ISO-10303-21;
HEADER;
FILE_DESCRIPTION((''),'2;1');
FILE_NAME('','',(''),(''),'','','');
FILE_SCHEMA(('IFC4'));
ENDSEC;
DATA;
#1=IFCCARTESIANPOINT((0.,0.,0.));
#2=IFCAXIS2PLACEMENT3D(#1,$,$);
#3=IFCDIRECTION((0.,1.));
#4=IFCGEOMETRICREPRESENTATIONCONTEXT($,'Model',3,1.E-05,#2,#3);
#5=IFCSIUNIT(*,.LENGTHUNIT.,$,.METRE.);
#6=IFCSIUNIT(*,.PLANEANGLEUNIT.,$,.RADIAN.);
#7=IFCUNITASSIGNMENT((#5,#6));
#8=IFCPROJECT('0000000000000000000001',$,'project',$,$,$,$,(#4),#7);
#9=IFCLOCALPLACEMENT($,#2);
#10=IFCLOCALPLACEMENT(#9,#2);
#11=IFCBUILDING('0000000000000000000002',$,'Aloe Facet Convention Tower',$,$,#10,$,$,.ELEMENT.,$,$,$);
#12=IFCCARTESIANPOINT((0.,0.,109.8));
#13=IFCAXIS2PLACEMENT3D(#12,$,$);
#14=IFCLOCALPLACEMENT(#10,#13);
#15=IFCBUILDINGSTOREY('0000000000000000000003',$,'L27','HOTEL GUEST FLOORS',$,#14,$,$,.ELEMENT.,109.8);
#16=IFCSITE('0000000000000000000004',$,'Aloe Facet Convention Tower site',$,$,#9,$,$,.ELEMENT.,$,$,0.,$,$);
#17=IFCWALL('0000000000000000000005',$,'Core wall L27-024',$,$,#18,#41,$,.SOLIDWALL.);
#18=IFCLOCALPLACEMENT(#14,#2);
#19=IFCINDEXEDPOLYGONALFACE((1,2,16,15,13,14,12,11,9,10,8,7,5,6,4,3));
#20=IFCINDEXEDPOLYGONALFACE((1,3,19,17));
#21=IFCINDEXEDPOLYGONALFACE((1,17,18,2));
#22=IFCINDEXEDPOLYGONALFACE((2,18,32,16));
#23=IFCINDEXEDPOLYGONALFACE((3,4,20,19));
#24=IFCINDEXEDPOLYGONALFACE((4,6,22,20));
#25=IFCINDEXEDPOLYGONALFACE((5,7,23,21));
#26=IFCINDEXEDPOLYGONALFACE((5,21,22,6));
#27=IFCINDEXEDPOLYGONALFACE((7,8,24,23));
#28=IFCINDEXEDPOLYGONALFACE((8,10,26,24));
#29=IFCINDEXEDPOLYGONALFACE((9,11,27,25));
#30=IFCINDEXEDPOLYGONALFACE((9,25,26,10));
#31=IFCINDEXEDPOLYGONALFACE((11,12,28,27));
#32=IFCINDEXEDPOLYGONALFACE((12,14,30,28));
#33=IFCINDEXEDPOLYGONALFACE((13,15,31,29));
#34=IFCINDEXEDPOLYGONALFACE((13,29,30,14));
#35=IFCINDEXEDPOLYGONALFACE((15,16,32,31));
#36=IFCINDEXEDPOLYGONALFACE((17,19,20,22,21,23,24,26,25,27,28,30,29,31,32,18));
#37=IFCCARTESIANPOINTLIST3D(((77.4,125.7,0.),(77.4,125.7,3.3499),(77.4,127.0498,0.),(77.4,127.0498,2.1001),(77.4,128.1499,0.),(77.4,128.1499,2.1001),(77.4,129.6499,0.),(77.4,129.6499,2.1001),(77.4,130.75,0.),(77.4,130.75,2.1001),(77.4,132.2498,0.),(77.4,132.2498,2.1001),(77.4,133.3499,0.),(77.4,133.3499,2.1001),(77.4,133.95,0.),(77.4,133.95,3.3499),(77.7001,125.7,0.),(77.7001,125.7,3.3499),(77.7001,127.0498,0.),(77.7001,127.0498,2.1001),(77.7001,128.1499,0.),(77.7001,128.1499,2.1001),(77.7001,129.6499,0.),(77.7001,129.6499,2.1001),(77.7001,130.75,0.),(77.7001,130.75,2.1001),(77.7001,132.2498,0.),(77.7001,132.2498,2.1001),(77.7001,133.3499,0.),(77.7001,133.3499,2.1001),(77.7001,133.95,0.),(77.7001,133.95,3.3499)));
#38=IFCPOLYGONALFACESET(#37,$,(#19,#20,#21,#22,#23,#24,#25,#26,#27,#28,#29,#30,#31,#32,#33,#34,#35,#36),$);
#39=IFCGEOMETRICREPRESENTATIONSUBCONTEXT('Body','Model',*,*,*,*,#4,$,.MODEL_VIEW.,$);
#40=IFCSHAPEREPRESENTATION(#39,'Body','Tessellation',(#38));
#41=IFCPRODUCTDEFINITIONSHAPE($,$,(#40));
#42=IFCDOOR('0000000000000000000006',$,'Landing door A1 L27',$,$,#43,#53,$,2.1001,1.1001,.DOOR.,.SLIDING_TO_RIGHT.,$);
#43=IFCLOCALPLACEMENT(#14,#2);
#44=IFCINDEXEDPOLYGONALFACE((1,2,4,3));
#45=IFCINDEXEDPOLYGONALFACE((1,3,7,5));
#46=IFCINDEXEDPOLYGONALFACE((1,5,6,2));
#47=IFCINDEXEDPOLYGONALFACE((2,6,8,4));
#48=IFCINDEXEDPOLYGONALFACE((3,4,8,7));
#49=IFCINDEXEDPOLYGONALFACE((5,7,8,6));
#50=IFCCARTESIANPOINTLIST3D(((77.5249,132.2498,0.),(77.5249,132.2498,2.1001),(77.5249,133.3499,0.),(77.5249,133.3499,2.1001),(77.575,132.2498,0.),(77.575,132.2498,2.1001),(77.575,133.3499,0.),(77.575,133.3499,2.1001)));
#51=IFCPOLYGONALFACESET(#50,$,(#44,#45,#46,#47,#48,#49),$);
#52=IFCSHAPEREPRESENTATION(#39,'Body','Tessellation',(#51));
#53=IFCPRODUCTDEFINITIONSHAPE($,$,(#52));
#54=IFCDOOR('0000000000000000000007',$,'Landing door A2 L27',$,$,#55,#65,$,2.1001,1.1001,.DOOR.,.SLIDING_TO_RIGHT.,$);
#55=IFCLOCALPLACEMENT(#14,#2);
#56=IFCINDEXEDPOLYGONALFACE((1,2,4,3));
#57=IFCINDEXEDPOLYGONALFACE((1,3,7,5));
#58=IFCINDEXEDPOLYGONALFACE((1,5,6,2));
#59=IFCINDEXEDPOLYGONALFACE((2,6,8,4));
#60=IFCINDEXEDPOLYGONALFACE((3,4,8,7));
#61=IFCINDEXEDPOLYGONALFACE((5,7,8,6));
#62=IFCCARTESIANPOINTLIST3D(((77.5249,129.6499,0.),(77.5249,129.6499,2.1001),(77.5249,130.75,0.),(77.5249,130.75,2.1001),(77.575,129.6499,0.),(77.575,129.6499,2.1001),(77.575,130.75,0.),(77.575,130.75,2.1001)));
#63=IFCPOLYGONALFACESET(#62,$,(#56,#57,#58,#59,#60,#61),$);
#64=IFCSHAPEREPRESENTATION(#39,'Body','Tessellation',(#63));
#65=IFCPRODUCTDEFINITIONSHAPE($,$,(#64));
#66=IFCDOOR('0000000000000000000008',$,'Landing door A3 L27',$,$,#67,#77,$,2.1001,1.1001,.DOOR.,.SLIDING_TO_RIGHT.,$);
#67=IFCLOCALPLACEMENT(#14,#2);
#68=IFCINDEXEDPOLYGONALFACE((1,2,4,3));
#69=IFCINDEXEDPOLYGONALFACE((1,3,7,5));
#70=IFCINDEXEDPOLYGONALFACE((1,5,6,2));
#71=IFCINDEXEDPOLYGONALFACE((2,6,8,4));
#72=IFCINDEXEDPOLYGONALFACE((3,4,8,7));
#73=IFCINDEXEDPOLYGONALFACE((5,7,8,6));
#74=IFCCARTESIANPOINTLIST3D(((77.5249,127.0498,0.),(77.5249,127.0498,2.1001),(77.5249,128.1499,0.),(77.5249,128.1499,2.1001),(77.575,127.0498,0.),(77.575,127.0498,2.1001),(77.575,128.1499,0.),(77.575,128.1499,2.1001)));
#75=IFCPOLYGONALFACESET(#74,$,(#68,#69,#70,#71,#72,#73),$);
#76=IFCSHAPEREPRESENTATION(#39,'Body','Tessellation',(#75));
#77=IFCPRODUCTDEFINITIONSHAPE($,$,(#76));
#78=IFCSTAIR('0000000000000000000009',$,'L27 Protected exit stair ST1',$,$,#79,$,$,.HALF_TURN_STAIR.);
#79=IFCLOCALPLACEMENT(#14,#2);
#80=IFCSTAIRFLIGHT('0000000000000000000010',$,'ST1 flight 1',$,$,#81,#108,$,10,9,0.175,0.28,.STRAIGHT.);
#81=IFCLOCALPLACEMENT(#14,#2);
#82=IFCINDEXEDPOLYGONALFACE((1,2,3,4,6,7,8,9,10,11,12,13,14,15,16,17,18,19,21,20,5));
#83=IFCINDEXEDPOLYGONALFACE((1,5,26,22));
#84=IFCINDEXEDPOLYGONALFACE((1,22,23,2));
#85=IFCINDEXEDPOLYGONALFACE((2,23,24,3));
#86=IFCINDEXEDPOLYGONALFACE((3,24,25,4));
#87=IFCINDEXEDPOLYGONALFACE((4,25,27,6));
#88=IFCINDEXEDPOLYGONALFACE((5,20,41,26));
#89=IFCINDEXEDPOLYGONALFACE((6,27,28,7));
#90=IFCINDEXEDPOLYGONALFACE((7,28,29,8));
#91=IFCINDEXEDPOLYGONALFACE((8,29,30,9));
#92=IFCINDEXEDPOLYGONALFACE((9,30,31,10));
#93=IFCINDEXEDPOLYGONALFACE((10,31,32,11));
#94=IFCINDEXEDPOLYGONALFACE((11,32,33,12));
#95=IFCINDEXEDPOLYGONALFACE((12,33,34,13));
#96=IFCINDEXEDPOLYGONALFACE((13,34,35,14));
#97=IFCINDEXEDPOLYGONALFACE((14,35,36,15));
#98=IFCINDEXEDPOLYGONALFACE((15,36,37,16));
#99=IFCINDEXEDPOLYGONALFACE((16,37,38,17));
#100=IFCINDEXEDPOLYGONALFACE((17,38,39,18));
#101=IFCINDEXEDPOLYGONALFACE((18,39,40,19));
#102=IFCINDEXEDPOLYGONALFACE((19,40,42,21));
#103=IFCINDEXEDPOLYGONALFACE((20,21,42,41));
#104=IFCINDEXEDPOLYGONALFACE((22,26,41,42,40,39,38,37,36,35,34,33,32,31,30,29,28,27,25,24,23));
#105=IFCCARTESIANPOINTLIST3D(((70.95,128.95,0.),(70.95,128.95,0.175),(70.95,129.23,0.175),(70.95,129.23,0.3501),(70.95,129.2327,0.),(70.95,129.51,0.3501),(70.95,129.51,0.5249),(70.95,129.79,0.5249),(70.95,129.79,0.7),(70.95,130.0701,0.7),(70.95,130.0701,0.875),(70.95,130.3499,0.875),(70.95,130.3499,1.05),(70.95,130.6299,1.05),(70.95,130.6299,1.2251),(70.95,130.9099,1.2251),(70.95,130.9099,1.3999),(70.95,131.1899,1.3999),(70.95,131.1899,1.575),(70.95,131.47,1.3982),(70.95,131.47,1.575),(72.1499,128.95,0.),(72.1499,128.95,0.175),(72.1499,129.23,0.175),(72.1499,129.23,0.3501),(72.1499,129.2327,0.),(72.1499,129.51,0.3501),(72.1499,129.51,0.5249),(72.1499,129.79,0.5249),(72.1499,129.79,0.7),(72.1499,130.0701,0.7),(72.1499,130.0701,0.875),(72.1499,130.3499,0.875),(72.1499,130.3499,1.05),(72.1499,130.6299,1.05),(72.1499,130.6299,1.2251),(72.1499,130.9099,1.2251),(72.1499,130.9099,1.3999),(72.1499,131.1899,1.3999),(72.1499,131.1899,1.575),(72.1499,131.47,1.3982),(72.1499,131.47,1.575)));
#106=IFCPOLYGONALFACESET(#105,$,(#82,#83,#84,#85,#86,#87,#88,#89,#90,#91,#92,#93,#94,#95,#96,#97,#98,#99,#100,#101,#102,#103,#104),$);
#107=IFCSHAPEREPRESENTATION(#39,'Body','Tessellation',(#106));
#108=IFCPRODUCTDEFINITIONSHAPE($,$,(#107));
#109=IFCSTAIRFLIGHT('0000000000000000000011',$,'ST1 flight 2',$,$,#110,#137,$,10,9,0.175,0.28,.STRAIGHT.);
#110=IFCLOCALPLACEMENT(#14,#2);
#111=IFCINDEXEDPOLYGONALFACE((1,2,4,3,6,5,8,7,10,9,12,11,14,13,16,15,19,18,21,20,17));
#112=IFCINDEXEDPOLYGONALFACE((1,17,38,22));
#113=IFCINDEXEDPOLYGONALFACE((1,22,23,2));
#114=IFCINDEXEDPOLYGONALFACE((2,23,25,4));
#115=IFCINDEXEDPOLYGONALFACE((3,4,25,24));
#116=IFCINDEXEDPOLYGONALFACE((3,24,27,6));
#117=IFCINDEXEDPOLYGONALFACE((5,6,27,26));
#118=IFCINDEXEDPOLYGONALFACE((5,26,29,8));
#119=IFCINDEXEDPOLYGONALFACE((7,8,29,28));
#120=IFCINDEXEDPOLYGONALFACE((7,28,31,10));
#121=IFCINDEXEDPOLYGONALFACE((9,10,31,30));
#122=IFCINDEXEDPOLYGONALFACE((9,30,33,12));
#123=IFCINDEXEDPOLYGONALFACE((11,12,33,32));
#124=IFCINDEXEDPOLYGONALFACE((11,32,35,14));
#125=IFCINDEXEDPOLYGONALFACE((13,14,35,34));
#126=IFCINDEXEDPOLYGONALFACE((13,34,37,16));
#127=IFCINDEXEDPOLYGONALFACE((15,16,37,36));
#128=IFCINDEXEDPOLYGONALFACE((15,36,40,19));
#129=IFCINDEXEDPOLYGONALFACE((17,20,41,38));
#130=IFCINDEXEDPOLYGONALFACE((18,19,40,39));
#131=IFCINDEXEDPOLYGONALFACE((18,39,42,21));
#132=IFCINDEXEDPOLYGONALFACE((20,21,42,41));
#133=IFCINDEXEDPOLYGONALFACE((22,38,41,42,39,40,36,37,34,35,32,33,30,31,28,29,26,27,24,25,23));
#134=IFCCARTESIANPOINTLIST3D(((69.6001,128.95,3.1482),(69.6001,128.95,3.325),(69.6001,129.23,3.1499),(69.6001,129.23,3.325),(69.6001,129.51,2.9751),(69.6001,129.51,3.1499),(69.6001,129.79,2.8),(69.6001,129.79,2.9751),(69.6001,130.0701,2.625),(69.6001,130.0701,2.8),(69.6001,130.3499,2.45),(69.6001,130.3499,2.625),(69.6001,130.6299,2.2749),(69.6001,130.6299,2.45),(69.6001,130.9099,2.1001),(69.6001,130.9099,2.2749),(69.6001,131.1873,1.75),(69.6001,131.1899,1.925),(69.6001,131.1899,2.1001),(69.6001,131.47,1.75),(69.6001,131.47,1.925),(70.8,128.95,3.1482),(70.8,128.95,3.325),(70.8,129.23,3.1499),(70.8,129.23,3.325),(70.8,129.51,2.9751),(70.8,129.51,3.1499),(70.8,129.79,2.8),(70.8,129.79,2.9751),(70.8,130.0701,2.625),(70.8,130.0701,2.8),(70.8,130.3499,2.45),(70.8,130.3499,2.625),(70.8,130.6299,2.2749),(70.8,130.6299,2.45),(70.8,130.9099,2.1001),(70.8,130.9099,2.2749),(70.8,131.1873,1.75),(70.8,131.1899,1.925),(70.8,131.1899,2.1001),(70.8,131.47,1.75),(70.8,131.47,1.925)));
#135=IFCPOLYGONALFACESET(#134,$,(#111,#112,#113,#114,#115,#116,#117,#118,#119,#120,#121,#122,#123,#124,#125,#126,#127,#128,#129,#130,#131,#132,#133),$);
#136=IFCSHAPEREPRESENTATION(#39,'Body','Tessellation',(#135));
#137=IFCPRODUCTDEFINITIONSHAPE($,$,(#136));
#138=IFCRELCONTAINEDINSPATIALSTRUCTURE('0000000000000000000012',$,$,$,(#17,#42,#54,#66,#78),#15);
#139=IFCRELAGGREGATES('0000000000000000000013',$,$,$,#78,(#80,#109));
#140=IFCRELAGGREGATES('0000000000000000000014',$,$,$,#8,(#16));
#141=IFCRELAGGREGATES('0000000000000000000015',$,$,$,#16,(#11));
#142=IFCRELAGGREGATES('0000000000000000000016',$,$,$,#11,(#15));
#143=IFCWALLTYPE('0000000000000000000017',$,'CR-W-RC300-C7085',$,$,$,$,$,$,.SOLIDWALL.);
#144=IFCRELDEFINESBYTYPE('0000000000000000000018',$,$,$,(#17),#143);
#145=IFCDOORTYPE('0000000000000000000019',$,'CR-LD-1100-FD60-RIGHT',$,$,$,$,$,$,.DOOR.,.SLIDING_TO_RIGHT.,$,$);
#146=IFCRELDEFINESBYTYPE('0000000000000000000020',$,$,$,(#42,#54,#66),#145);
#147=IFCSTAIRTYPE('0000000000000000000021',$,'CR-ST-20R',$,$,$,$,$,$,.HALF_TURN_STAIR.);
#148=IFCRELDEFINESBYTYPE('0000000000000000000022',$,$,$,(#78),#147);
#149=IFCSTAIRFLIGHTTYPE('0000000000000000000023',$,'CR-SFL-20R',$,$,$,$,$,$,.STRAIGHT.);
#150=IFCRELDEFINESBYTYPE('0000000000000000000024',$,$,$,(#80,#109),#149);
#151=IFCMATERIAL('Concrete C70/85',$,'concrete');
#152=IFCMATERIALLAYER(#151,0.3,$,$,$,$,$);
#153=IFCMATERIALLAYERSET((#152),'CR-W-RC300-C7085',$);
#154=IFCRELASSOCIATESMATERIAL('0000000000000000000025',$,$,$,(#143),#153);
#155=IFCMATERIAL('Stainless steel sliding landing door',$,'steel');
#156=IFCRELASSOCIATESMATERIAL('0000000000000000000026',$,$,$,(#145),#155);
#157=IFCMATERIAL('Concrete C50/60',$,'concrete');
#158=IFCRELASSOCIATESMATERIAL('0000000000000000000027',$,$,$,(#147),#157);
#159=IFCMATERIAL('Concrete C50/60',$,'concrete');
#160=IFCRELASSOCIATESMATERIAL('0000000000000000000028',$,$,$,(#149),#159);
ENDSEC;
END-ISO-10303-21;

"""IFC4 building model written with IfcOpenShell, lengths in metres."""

from ifc_helpers import new_model, si_unit, direction, frame, frame_2d, origin, place, context, subcontext, project, spatial, polyline, rectangle, outline, extrude, material, layer, layer_set, type_object, element, fill, aggregate, save


model = new_model("IFC4")

# Units and contexts
model_context = context("Model", 3, precision=1e-05, world=origin(), true_north=direction((0.0, 1.0)))
body_context = subcontext(model_context, "Body", "Model", "MODEL_VIEW")
ifc_project = project(units=[si_unit("LENGTHUNIT", "METRE"), si_unit("PLANEANGLEUNIT", "RADIAN")], contexts=[model_context])

# Site, building, storey
site_placement = place(None, origin())
site = spatial("IfcSite", under=ifc_project, at=site_placement, Name="Aloe Facet Convention Tower site", CompositionType="ELEMENT", RefElevation=0.0)
building_placement = place(site_placement, origin())
building = spatial("IfcBuilding", under=site, at=building_placement, Name="Aloe Facet Convention Tower", CompositionType="ELEMENT")
storey_placement = place(building_placement, frame((0.0, 0.0, 109.8)))
storey = spatial("IfcBuildingStorey", under=building, at=storey_placement, Name="L27", Description="HOTEL GUEST FLOORS", CompositionType="ELEMENT", Elevation=109.8)

# Shared definitions
ifc_material_1 = material(Name="Concrete C70/85", Category="concrete")
ifc_layer_1 = layer(ifc_material_1, 0.3)
ifc_layer_set_1 = layer_set([ifc_layer_1], Name="CR-W-RC300-C7085")
wall_type_1 = type_object("IfcWallType", Name="CR-W-RC300-C7085", PredefinedType="SOLIDWALL", material=ifc_layer_set_1)

# Wall, openings, doors
wall_1_placement = place(storey_placement, frame((77.55, 133.95, 0.0), z_axis=(0.0, 0.0, 1.0), x_axis=(0.0, -1.0, 0.0)))
wall_1 = element("IfcWall", 1, at=wall_1_placement, inside=storey, type_object=wall_type_1, Name="Core wall L27-024", PredefinedType="SOLIDWALL", context=body_context, shape_type="SweptSolid", body=[
    extrude(rectangle(XDim=8.25, YDim=0.3, at=frame_2d((4.125, 0.0))), origin(), (0.0, 0.0, 1.0), 3.3499),
])
opening_1_placement = place(wall_1_placement, frame((0.6001, 0.0, 0.0)))
opening_1 = element("IfcOpeningElement", 2, at=opening_1_placement, cuts=wall_1, PredefinedType="OPENING", context=body_context, shape_type="SweptSolid", body=[
    extrude(rectangle(XDim=1.1001, YDim=2.1001, at=frame_2d((0.55, 1.05))), frame((0.0, 0.1602, 0.0), z_axis=(0.0, -1.0, 0.0), x_axis=(1.0, 0.0, 0.0)), (0.0, 0.0, 1.0), 0.3201),
])
opening_2_placement = place(wall_1_placement, frame((3.2, 0.0, 0.0)))
opening_2 = element("IfcOpeningElement", 3, at=opening_2_placement, cuts=wall_1, PredefinedType="OPENING", context=body_context, shape_type="SweptSolid", body=[
    extrude(rectangle(XDim=1.1001, YDim=2.1001, at=frame_2d((0.55, 1.05))), frame((0.0, 0.1602, 0.0), z_axis=(0.0, -1.0, 0.0), x_axis=(1.0, 0.0, 0.0)), (0.0, 0.0, 1.0), 0.3201),
])
opening_3_placement = place(wall_1_placement, frame((5.8, 0.0, 0.0)))
opening_3 = element("IfcOpeningElement", 4, at=opening_3_placement, cuts=wall_1, PredefinedType="OPENING", context=body_context, shape_type="SweptSolid", body=[
    extrude(rectangle(XDim=1.1001, YDim=2.1001, at=frame_2d((0.55, 1.05))), frame((0.0, 0.1602, 0.0), z_axis=(0.0, -1.0, 0.0), x_axis=(1.0, 0.0, 0.0)), (0.0, 0.0, 1.0), 0.3201),
])
ifc_material_2 = material(Name="Stainless steel sliding landing door", Category="steel")
door_type_1 = type_object("IfcDoorType", Name="CR-LD-1100-FD60-RIGHT", OperationType="SLIDING_TO_RIGHT", PredefinedType="DOOR", material=ifc_material_2)
door_1_placement = place(opening_1_placement, origin())
door_1 = element("IfcDoor", 5, at=door_1_placement, inside=storey, type_object=door_type_1, Name="Landing door A1 L27", OperationType="SLIDING_TO_RIGHT", OverallHeight=2.1001, OverallWidth=1.1001, PredefinedType="DOOR", context=body_context, shape_type="SweptSolid", body=[
    extrude(rectangle(XDim=1.1001, YDim=2.1001, at=frame_2d((0.55, 1.05))), frame((0.0, 0.0249, 0.0), z_axis=(0.0, -1.0, 0.0), x_axis=(1.0, 0.0, 0.0)), (0.0, 0.0, 1.0), 0.05),
])
fill(opening_1, door_1)
door_2_placement = place(opening_2_placement, origin())
door_2 = element("IfcDoor", 6, at=door_2_placement, inside=storey, type_object=door_type_1, Name="Landing door A2 L27", OperationType="SLIDING_TO_RIGHT", OverallHeight=2.1001, OverallWidth=1.1001, PredefinedType="DOOR", context=body_context, shape_type="SweptSolid", body=[
    extrude(rectangle(XDim=1.1001, YDim=2.1001, at=frame_2d((0.55, 1.05))), frame((0.0, 0.0249, 0.0), z_axis=(0.0, -1.0, 0.0), x_axis=(1.0, 0.0, 0.0)), (0.0, 0.0, 1.0), 0.05),
])
fill(opening_2, door_2)
door_3_placement = place(opening_3_placement, origin())
door_3 = element("IfcDoor", 7, at=door_3_placement, inside=storey, type_object=door_type_1, Name="Landing door A3 L27", OperationType="SLIDING_TO_RIGHT", OverallHeight=2.1001, OverallWidth=1.1001, PredefinedType="DOOR", context=body_context, shape_type="SweptSolid", body=[
    extrude(rectangle(XDim=1.1001, YDim=2.1001, at=frame_2d((0.55, 1.05))), frame((0.0, 0.0249, 0.0), z_axis=(0.0, -1.0, 0.0), x_axis=(1.0, 0.0, 0.0)), (0.0, 0.0, 1.0), 0.05),
])
fill(opening_3, door_3)

# Stair, stair flights
ifc_material_3 = material(Name="Concrete C50/60", Category="concrete")
stair_type = type_object("IfcStairType", Name="CR-ST-20R", PredefinedType="HALF_TURN_STAIR", material=ifc_material_3)
stair_placement = place(storey_placement, origin())
stair = element("IfcStair", 8, at=stair_placement, inside=storey, type_object=stair_type, Name="L27 Protected exit stair ST1", PredefinedType="HALF_TURN_STAIR")
ifc_material_4 = material(Name="Concrete C50/60", Category="concrete")
stair_flight_type = type_object("IfcStairFlightType", Name="CR-SFL-20R", PredefinedType="STRAIGHT", material=ifc_material_4)
stair_flight_1_placement = place(storey_placement, frame((71.55, 128.95, 0.0), z_axis=(0.0, 0.0, 1.0), x_axis=(0.0, 1.0, 0.0)))
stair_flight_1 = element("IfcStairFlight", 9, at=stair_flight_1_placement, type_object=stair_flight_type, Name="ST1 flight 1", NumberOfRisers=10, NumberOfTreads=9, PredefinedType="STRAIGHT", RiserHeight=0.175, TreadLength=0.28, context=body_context, shape_type="SweptSolid", body=[
    extrude(outline(polyline([(0.0, 0.0), (0.0, 0.175), (0.28, 0.175), (0.28, 0.3501), (0.5601, 0.3501), (0.5601, 0.5249), (0.8401, 0.5249), (0.8401, 0.7), (1.1201, 0.7), (1.1201, 0.875), (1.3999, 0.875), (1.3999, 1.05), (1.6799, 1.05), (1.6799, 1.2251), (1.96, 1.2251), (1.96, 1.3999), (2.24, 1.3999), (2.24, 1.575), (2.52, 1.575), (2.52, 1.75), (2.52, 1.3982), (0.2827, 0.0), (0.0, 0.0)])), frame((0.0, 0.6001, 0.0), z_axis=(0.0, -1.0, 0.0), x_axis=(1.0, 0.0, 0.0)), (0.0, 0.0, 1.0), 1.2),
])
stair_flight_2_placement = place(storey_placement, frame((70.2, 131.47, 1.75), z_axis=(0.0, 0.0, 1.0), x_axis=(0.0, -1.0, 0.0)))
stair_flight_2 = element("IfcStairFlight", 10, at=stair_flight_2_placement, type_object=stair_flight_type, Name="ST1 flight 2", NumberOfRisers=10, NumberOfTreads=9, PredefinedType="STRAIGHT", RiserHeight=0.175, TreadLength=0.28, context=body_context, shape_type="SweptSolid", body=[
    extrude(outline(polyline([(0.0, 0.0), (0.0, 0.175), (0.28, 0.175), (0.28, 0.3501), (0.5601, 0.3501), (0.5601, 0.5249), (0.8401, 0.5249), (0.8401, 0.7), (1.1201, 0.7), (1.1201, 0.875), (1.3999, 0.875), (1.3999, 1.05), (1.6799, 1.05), (1.6799, 1.2251), (1.96, 1.2251), (1.96, 1.3999), (2.24, 1.3999), (2.24, 1.575), (2.52, 1.575), (2.52, 1.75), (2.52, 1.3982), (0.2827, 0.0), (0.0, 0.0)])), frame((0.0, 0.6001, 0.0), z_axis=(0.0, -1.0, 0.0), x_axis=(1.0, 0.0, 0.0)), (0.0, 0.0, 1.0), 1.2),
])
aggregate(stair, [stair_flight_1, stair_flight_2])

save(model, "model.ifc")
